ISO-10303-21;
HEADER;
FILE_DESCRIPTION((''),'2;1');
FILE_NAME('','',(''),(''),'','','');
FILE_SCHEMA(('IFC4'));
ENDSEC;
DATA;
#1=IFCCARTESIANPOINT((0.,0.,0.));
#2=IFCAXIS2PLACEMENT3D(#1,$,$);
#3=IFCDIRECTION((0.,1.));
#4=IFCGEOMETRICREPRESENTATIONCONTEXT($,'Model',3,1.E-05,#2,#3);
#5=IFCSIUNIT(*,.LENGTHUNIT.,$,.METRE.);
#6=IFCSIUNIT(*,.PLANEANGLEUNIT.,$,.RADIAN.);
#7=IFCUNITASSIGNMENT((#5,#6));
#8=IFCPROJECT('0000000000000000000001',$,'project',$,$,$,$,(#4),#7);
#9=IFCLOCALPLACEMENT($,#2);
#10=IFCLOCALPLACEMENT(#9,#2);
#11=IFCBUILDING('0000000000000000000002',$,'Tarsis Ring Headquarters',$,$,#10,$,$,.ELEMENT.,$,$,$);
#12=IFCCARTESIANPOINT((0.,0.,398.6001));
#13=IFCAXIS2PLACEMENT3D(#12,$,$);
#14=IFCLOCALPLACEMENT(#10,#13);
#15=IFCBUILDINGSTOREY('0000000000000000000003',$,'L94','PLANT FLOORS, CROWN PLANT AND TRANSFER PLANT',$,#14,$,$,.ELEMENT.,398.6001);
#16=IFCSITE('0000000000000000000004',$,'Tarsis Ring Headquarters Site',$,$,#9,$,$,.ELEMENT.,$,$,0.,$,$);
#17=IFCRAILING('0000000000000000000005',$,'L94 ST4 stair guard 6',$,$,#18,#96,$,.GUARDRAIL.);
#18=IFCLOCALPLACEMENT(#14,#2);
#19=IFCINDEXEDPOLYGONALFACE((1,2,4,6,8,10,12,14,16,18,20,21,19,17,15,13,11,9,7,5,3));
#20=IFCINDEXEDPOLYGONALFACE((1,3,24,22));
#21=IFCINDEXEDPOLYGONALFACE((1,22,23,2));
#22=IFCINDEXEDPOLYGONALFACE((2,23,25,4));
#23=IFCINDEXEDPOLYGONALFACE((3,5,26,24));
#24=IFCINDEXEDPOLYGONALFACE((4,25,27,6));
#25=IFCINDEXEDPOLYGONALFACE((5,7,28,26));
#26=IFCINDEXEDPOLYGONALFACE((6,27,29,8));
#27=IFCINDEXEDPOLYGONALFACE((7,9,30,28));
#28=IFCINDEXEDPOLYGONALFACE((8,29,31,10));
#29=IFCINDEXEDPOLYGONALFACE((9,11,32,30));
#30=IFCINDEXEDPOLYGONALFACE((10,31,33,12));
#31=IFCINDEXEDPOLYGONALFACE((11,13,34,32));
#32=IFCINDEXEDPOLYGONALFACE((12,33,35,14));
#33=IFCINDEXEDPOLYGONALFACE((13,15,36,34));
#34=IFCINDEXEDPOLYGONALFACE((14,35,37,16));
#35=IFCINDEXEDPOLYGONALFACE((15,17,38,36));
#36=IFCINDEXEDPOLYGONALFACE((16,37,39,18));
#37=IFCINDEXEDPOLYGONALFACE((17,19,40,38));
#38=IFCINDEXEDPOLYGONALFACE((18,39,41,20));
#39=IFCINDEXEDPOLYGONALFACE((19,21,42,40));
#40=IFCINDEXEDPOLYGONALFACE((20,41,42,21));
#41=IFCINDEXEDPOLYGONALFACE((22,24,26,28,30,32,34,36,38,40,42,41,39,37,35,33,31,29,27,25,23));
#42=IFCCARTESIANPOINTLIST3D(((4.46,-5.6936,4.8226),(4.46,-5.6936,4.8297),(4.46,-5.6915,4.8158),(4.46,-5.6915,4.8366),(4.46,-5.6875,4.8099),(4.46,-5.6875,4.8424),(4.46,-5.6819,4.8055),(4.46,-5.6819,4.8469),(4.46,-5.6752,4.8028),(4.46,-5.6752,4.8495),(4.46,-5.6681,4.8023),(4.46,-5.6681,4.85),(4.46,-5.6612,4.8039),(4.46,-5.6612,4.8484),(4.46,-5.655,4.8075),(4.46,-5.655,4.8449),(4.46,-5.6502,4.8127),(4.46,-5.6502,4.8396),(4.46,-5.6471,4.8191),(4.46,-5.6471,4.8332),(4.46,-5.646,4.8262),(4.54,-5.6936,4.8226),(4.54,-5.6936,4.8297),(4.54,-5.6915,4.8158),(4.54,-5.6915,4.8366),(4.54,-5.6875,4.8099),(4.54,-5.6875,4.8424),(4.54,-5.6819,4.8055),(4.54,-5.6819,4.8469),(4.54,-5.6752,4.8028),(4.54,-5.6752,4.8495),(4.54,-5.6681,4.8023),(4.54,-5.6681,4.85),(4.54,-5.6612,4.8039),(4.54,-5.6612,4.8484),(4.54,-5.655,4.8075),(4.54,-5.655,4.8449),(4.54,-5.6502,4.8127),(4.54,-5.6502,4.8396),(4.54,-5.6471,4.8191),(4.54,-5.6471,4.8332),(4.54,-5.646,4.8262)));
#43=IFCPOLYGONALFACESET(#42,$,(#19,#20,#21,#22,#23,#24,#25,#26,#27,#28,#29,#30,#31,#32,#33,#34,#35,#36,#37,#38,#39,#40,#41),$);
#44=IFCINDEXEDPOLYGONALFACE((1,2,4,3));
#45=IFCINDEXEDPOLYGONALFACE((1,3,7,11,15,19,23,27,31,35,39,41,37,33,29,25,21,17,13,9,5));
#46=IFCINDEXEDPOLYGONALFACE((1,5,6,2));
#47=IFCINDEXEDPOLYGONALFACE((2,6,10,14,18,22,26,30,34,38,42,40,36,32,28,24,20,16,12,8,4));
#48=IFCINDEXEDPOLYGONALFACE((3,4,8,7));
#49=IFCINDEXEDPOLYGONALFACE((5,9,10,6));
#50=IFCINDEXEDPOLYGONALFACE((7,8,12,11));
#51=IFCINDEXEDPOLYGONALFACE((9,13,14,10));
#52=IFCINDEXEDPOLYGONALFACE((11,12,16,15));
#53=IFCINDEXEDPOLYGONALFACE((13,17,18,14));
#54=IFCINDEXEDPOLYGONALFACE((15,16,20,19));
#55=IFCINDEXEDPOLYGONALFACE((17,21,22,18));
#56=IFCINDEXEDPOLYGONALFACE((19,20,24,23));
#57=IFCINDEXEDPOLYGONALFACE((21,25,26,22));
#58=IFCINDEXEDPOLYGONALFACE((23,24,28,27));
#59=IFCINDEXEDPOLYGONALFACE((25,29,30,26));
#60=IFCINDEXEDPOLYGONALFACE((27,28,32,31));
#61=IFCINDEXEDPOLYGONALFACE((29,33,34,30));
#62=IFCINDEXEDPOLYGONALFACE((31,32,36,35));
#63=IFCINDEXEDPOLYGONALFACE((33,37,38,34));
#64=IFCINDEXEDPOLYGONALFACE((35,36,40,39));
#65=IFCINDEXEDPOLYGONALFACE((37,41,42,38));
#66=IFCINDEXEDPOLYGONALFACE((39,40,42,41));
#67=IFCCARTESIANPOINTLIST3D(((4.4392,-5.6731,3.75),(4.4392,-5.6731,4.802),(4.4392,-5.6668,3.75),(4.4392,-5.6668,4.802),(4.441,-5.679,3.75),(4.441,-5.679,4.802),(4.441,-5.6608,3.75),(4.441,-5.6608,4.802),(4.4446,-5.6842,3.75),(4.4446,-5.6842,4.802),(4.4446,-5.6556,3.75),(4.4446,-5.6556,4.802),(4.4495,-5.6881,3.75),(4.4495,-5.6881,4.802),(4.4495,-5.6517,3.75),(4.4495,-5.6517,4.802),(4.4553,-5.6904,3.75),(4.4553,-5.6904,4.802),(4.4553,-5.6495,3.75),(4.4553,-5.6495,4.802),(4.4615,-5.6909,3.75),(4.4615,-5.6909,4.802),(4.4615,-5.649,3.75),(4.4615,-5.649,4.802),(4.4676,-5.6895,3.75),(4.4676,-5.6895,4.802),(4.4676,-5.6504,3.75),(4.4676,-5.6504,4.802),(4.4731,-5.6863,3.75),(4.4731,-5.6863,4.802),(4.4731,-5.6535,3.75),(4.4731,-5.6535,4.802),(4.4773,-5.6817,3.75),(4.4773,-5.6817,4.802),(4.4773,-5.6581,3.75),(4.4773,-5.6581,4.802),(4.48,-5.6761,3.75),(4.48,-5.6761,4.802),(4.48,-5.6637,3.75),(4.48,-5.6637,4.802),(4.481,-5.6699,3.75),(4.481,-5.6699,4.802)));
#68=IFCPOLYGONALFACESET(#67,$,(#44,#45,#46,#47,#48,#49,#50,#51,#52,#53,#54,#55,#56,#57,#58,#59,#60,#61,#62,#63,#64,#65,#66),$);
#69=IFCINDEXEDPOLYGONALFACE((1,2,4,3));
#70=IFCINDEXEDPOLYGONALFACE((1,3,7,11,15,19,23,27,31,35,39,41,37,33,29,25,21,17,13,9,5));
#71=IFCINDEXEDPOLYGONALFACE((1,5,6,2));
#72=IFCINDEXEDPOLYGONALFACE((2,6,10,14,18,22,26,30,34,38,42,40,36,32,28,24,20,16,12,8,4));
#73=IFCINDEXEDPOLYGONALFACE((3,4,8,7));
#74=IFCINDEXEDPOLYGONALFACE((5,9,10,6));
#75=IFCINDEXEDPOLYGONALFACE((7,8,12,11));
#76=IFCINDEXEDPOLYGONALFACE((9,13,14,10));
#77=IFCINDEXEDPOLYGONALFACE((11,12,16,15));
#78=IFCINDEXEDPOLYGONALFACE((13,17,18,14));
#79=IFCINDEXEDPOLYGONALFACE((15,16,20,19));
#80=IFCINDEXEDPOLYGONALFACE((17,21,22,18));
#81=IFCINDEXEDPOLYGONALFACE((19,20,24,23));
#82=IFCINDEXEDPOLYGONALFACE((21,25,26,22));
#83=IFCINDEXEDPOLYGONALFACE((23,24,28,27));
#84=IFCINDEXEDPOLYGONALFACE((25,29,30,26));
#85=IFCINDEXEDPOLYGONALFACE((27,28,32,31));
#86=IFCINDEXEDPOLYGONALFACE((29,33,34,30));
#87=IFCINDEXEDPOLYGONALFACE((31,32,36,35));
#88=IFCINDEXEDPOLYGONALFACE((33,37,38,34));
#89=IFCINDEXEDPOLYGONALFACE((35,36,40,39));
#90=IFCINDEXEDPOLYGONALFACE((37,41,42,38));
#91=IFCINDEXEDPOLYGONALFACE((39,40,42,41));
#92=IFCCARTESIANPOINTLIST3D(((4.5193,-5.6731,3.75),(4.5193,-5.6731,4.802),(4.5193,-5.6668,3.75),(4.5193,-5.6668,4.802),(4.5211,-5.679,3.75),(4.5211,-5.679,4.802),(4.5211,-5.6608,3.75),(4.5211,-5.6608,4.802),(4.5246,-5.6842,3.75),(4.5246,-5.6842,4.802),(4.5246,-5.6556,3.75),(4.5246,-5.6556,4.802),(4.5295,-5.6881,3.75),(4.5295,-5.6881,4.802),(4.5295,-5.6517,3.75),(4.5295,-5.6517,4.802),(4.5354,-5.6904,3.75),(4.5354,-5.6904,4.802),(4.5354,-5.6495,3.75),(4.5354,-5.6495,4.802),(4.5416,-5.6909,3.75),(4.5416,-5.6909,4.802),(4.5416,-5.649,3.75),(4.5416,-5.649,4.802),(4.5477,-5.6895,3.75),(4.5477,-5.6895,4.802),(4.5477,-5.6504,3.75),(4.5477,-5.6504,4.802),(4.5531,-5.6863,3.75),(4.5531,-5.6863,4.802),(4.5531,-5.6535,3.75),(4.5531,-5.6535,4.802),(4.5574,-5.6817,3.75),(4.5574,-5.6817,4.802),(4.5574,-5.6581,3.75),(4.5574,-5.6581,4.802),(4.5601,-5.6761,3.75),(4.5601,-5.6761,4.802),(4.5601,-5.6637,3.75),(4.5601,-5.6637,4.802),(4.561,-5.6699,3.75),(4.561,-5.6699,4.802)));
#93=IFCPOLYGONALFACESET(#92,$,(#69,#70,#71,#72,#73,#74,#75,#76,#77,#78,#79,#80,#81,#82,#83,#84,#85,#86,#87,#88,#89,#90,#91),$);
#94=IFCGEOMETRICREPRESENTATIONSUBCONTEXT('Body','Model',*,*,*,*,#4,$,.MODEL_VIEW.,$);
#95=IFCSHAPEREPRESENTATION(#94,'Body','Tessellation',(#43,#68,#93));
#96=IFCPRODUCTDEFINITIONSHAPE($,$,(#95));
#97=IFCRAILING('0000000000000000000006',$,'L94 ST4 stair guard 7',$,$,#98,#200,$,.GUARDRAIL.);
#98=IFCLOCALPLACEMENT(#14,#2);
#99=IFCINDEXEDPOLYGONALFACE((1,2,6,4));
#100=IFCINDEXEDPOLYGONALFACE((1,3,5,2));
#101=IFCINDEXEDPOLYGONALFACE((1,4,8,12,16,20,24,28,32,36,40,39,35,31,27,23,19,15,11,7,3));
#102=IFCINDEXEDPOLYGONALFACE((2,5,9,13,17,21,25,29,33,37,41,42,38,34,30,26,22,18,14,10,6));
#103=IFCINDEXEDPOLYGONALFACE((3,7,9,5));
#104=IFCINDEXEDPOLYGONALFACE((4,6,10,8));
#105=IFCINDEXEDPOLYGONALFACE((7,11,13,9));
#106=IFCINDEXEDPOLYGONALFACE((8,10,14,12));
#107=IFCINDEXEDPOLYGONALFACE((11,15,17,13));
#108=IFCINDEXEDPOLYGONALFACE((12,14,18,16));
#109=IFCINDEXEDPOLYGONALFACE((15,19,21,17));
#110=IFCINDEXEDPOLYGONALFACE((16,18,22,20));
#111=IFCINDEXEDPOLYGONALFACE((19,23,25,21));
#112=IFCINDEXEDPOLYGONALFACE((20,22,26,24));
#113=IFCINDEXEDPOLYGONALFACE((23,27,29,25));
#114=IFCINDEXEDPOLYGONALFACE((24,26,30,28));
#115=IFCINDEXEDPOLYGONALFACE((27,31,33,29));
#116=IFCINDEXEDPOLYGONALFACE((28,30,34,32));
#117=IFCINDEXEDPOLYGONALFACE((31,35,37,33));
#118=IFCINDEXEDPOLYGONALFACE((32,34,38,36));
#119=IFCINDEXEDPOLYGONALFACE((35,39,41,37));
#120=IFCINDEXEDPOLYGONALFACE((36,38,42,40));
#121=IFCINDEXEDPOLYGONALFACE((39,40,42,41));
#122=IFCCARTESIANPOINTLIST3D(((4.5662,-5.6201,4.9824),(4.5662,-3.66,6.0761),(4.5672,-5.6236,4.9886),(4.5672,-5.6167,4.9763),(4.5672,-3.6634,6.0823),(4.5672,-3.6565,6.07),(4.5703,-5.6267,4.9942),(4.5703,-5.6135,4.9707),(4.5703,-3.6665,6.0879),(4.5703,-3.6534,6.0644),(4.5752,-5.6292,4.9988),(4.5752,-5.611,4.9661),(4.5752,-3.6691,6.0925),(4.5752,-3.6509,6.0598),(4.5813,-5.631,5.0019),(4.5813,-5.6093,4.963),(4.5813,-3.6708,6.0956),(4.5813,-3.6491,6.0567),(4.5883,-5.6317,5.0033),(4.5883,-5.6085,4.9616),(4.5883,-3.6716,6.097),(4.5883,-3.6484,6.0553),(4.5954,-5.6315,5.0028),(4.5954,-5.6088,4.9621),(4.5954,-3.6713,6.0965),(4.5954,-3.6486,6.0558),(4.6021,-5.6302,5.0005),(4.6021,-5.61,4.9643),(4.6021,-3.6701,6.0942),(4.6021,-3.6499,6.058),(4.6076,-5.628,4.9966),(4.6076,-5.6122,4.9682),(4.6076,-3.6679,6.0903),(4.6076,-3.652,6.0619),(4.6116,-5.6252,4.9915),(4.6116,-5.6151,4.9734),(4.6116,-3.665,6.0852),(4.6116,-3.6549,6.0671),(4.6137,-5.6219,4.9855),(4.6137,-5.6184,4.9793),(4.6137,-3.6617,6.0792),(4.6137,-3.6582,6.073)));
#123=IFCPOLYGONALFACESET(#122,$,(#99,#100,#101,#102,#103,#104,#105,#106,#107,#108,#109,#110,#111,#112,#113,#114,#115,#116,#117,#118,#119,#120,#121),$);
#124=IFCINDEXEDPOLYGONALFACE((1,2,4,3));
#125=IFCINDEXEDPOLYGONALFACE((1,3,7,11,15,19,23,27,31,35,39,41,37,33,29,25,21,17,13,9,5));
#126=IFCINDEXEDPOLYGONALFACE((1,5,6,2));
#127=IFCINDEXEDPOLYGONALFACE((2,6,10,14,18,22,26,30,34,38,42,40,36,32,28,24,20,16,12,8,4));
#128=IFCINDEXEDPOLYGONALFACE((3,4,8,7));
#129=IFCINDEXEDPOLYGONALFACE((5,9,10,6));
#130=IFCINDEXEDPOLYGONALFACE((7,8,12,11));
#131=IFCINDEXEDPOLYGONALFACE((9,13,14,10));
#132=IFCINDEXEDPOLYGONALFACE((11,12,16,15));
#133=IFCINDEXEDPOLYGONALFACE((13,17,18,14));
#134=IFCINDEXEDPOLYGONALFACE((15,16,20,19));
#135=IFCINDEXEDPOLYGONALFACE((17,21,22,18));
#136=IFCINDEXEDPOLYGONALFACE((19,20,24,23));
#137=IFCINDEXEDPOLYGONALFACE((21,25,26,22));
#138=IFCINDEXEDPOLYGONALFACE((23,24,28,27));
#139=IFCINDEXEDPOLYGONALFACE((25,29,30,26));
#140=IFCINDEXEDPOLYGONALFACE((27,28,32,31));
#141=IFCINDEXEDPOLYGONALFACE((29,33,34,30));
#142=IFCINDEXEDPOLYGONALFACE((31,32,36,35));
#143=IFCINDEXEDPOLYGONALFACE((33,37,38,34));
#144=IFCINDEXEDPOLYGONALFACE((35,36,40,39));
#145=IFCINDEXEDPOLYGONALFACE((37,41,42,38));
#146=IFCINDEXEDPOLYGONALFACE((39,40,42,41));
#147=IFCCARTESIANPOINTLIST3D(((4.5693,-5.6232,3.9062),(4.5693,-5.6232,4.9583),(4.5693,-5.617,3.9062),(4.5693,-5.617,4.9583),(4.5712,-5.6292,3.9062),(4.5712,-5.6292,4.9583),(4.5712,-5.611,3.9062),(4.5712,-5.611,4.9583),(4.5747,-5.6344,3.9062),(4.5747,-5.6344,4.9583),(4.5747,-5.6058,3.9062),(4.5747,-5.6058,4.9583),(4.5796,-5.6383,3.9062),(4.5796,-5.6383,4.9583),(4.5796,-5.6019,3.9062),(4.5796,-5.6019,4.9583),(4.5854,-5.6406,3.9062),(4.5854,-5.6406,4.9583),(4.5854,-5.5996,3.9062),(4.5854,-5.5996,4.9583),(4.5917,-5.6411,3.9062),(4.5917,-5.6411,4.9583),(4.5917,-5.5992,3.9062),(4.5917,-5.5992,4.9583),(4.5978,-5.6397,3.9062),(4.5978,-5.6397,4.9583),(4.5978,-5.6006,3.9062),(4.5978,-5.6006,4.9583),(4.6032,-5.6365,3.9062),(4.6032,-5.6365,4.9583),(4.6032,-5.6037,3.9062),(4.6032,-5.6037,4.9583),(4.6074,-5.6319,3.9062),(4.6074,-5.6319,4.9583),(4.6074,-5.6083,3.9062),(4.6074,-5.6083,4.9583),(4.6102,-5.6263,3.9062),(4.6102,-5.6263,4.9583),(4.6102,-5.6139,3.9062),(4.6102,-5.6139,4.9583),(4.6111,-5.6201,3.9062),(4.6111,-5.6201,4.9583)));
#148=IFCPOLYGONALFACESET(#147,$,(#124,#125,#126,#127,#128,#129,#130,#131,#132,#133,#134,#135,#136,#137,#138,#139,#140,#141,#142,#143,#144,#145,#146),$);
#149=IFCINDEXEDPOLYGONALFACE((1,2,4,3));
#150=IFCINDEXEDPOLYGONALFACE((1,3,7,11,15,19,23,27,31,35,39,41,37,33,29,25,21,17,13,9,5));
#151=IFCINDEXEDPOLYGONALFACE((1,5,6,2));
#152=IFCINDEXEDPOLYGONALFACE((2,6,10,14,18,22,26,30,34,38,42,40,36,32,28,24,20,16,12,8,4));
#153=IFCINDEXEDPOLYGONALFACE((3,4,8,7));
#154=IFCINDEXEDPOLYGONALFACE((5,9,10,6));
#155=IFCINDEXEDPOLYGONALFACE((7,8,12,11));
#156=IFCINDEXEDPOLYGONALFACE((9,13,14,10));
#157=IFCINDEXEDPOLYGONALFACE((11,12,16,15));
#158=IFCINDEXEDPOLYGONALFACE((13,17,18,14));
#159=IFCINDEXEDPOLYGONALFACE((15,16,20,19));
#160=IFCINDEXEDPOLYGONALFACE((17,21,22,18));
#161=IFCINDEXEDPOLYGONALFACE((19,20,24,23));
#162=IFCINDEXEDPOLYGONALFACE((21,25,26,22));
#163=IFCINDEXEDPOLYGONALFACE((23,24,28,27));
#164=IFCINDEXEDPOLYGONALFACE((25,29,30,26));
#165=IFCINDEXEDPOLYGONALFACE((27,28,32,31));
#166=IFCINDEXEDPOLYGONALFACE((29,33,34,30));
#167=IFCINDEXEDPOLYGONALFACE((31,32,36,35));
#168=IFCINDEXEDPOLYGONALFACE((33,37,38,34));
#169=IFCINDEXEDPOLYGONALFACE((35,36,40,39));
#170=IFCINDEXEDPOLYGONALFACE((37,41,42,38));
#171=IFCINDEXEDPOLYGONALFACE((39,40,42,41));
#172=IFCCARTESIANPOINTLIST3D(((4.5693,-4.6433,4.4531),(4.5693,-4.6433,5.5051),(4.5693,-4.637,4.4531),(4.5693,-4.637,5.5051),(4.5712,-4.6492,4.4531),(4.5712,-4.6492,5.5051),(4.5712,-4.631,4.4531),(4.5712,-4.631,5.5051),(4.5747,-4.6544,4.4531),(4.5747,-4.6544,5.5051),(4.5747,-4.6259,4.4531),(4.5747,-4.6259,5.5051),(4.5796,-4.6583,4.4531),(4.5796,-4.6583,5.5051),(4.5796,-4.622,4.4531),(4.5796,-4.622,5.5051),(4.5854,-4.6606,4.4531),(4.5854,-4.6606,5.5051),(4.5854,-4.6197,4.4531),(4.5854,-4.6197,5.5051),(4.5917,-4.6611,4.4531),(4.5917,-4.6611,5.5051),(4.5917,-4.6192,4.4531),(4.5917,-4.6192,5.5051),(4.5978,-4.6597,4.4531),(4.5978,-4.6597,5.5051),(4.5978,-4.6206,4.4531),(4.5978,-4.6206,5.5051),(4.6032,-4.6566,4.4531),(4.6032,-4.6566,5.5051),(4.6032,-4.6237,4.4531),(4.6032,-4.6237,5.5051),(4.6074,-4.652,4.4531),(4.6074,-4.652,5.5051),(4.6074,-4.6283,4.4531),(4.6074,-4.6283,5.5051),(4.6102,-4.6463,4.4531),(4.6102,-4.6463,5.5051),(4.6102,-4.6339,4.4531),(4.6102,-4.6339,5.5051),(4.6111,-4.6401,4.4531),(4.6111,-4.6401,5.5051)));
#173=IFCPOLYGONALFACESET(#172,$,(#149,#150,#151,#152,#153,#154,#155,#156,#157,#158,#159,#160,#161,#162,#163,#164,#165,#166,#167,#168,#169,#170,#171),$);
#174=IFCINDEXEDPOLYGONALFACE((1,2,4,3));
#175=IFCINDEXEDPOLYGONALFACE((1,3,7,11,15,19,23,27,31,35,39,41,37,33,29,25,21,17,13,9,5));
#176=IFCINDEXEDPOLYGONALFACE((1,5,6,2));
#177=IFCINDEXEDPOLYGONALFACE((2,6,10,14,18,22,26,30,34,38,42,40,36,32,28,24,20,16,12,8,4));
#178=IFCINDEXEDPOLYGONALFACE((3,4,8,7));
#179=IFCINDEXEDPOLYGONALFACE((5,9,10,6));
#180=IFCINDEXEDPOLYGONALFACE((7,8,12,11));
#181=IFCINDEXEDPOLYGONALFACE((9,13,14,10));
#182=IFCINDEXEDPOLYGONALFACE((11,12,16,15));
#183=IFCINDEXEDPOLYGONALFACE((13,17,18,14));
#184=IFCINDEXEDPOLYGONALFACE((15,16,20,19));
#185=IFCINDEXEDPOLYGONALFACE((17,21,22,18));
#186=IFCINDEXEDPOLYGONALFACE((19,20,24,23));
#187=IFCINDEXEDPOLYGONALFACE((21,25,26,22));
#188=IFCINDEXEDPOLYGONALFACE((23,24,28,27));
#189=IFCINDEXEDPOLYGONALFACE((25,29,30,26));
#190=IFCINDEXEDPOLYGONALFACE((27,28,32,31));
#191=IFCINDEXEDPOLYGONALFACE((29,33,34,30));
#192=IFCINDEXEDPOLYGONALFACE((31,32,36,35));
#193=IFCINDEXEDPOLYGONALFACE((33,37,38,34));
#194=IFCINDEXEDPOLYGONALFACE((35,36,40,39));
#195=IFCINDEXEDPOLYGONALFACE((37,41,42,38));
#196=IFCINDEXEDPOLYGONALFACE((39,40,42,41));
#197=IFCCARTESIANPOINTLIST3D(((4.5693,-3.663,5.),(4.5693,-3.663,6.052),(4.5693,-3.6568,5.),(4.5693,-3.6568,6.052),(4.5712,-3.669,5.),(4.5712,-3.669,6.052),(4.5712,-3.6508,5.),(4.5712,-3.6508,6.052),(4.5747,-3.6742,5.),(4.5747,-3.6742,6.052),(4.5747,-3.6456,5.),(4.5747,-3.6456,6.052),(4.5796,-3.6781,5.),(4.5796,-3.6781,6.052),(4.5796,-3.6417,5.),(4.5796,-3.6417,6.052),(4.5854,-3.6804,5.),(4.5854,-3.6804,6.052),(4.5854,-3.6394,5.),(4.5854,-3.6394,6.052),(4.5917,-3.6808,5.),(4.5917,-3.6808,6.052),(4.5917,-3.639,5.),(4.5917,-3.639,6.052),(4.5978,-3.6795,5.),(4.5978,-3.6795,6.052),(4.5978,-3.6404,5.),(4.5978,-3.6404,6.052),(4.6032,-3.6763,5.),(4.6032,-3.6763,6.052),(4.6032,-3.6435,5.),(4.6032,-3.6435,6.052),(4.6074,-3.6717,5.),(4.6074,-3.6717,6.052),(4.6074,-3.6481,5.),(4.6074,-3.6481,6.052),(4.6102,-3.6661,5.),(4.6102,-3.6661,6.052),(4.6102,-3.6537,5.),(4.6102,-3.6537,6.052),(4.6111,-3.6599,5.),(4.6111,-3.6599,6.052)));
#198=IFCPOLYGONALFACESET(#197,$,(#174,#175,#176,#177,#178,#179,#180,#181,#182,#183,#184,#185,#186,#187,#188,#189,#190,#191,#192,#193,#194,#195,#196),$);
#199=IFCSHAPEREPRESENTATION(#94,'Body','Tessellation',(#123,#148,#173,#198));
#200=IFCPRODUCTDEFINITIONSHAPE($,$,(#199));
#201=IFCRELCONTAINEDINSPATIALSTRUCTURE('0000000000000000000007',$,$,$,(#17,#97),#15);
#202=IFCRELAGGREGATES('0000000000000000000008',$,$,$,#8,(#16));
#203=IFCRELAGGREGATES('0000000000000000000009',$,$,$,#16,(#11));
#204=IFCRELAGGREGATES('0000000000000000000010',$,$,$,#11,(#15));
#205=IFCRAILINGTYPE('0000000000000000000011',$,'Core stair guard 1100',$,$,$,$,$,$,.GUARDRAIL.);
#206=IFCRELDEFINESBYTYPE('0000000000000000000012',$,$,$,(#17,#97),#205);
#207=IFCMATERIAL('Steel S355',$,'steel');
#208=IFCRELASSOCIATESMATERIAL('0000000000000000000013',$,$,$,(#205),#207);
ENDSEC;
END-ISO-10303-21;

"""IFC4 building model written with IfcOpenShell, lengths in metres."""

from ifc_helpers import new_model, si_unit, direction, frame, origin, origin_2d, place, context, subcontext, project, spatial, circle, extrude, material, type_object, element, save


model = new_model("IFC4")

# Units and contexts
model_context = context("Model", 3, precision=1e-05, world=origin(), true_north=direction((0.0, 1.0)))
body_context = subcontext(model_context, "Body", "Model", "MODEL_VIEW")
ifc_project = project(units=[si_unit("LENGTHUNIT", "METRE"), si_unit("PLANEANGLEUNIT", "RADIAN")], contexts=[model_context])

# Site, building, storey
site_placement = place(None, origin())
site = spatial("IfcSite", under=ifc_project, at=site_placement, Name="Tarsis Ring Headquarters Site", CompositionType="ELEMENT", RefElevation=0.0)
building_placement = place(site_placement, origin())
building = spatial("IfcBuilding", under=site, at=building_placement, Name="Tarsis Ring Headquarters", CompositionType="ELEMENT")
storey_placement = place(building_placement, frame((0.0, 0.0, 398.6001)))
storey = spatial("IfcBuildingStorey", under=building, at=storey_placement, Name="L94", Description="PLANT FLOORS, CROWN PLANT AND TRANSFER PLANT", CompositionType="ELEMENT", Elevation=398.6001)

# Shared definitions
ifc_material_1 = material(Name="Steel S355", Category="steel")

# Railings
railing_type_1 = type_object("IfcRailingType", Name="Core stair guard 1100", PredefinedType="GUARDRAIL", material=ifc_material_1)
railing_1_placement = place(storey_placement, frame((4.46, -5.6699, 3.75)))
element("IfcRailing", 1, at=railing_1_placement, inside=storey, type_object=railing_type_1, Name="L94 ST4 stair guard 6", PredefinedType="GUARDRAIL", context=body_context, shape_type="SweptSolid", body=[
    extrude(circle(Radius=0.0239, at=origin_2d()), frame((0.0, 0.0, 1.0762), z_axis=(1.0, 0.0, 0.0), x_axis=(0.0, 1.0, 0.0)), (0.0, 0.0, 1.0), 0.0801),
    extrude(circle(Radius=0.021, at=origin_2d()), origin(), (0.0, 0.0, 1.0), 1.052),
    extrude(circle(Radius=0.021, at=origin_2d()), frame((0.0801, 0.0, 0.0)), (0.0, 0.0, 1.0), 1.052),
])
railing_2_placement = place(storey_placement, frame((4.5901, -5.6201, 3.9062)))
element("IfcRailing", 2, at=railing_2_placement, inside=storey, type_object=railing_type_1, Name="L94 ST4 stair guard 7", PredefinedType="GUARDRAIL", context=body_context, shape_type="SweptSolid", body=[
    extrude(circle(Radius=0.0239, at=origin_2d()), frame((0.0, 0.0, 1.0762), z_axis=(0.0, 0.873258, 0.487258), x_axis=(-1.0, 0.0, 0.0)), (0.0, 0.0, 1.0), 2.2446),
    extrude(circle(Radius=0.021, at=origin_2d()), origin(), (0.0, 0.0, 1.0), 1.052),
    extrude(circle(Radius=0.021, at=origin_2d()), frame((0.0, 0.98, 0.5469)), (0.0, 0.0, 1.0), 1.052),
    extrude(circle(Radius=0.021, at=origin_2d()), frame((0.0, 1.9602, 1.0938)), (0.0, 0.0, 1.0), 1.052),
])

save(model, "model.ifc")
